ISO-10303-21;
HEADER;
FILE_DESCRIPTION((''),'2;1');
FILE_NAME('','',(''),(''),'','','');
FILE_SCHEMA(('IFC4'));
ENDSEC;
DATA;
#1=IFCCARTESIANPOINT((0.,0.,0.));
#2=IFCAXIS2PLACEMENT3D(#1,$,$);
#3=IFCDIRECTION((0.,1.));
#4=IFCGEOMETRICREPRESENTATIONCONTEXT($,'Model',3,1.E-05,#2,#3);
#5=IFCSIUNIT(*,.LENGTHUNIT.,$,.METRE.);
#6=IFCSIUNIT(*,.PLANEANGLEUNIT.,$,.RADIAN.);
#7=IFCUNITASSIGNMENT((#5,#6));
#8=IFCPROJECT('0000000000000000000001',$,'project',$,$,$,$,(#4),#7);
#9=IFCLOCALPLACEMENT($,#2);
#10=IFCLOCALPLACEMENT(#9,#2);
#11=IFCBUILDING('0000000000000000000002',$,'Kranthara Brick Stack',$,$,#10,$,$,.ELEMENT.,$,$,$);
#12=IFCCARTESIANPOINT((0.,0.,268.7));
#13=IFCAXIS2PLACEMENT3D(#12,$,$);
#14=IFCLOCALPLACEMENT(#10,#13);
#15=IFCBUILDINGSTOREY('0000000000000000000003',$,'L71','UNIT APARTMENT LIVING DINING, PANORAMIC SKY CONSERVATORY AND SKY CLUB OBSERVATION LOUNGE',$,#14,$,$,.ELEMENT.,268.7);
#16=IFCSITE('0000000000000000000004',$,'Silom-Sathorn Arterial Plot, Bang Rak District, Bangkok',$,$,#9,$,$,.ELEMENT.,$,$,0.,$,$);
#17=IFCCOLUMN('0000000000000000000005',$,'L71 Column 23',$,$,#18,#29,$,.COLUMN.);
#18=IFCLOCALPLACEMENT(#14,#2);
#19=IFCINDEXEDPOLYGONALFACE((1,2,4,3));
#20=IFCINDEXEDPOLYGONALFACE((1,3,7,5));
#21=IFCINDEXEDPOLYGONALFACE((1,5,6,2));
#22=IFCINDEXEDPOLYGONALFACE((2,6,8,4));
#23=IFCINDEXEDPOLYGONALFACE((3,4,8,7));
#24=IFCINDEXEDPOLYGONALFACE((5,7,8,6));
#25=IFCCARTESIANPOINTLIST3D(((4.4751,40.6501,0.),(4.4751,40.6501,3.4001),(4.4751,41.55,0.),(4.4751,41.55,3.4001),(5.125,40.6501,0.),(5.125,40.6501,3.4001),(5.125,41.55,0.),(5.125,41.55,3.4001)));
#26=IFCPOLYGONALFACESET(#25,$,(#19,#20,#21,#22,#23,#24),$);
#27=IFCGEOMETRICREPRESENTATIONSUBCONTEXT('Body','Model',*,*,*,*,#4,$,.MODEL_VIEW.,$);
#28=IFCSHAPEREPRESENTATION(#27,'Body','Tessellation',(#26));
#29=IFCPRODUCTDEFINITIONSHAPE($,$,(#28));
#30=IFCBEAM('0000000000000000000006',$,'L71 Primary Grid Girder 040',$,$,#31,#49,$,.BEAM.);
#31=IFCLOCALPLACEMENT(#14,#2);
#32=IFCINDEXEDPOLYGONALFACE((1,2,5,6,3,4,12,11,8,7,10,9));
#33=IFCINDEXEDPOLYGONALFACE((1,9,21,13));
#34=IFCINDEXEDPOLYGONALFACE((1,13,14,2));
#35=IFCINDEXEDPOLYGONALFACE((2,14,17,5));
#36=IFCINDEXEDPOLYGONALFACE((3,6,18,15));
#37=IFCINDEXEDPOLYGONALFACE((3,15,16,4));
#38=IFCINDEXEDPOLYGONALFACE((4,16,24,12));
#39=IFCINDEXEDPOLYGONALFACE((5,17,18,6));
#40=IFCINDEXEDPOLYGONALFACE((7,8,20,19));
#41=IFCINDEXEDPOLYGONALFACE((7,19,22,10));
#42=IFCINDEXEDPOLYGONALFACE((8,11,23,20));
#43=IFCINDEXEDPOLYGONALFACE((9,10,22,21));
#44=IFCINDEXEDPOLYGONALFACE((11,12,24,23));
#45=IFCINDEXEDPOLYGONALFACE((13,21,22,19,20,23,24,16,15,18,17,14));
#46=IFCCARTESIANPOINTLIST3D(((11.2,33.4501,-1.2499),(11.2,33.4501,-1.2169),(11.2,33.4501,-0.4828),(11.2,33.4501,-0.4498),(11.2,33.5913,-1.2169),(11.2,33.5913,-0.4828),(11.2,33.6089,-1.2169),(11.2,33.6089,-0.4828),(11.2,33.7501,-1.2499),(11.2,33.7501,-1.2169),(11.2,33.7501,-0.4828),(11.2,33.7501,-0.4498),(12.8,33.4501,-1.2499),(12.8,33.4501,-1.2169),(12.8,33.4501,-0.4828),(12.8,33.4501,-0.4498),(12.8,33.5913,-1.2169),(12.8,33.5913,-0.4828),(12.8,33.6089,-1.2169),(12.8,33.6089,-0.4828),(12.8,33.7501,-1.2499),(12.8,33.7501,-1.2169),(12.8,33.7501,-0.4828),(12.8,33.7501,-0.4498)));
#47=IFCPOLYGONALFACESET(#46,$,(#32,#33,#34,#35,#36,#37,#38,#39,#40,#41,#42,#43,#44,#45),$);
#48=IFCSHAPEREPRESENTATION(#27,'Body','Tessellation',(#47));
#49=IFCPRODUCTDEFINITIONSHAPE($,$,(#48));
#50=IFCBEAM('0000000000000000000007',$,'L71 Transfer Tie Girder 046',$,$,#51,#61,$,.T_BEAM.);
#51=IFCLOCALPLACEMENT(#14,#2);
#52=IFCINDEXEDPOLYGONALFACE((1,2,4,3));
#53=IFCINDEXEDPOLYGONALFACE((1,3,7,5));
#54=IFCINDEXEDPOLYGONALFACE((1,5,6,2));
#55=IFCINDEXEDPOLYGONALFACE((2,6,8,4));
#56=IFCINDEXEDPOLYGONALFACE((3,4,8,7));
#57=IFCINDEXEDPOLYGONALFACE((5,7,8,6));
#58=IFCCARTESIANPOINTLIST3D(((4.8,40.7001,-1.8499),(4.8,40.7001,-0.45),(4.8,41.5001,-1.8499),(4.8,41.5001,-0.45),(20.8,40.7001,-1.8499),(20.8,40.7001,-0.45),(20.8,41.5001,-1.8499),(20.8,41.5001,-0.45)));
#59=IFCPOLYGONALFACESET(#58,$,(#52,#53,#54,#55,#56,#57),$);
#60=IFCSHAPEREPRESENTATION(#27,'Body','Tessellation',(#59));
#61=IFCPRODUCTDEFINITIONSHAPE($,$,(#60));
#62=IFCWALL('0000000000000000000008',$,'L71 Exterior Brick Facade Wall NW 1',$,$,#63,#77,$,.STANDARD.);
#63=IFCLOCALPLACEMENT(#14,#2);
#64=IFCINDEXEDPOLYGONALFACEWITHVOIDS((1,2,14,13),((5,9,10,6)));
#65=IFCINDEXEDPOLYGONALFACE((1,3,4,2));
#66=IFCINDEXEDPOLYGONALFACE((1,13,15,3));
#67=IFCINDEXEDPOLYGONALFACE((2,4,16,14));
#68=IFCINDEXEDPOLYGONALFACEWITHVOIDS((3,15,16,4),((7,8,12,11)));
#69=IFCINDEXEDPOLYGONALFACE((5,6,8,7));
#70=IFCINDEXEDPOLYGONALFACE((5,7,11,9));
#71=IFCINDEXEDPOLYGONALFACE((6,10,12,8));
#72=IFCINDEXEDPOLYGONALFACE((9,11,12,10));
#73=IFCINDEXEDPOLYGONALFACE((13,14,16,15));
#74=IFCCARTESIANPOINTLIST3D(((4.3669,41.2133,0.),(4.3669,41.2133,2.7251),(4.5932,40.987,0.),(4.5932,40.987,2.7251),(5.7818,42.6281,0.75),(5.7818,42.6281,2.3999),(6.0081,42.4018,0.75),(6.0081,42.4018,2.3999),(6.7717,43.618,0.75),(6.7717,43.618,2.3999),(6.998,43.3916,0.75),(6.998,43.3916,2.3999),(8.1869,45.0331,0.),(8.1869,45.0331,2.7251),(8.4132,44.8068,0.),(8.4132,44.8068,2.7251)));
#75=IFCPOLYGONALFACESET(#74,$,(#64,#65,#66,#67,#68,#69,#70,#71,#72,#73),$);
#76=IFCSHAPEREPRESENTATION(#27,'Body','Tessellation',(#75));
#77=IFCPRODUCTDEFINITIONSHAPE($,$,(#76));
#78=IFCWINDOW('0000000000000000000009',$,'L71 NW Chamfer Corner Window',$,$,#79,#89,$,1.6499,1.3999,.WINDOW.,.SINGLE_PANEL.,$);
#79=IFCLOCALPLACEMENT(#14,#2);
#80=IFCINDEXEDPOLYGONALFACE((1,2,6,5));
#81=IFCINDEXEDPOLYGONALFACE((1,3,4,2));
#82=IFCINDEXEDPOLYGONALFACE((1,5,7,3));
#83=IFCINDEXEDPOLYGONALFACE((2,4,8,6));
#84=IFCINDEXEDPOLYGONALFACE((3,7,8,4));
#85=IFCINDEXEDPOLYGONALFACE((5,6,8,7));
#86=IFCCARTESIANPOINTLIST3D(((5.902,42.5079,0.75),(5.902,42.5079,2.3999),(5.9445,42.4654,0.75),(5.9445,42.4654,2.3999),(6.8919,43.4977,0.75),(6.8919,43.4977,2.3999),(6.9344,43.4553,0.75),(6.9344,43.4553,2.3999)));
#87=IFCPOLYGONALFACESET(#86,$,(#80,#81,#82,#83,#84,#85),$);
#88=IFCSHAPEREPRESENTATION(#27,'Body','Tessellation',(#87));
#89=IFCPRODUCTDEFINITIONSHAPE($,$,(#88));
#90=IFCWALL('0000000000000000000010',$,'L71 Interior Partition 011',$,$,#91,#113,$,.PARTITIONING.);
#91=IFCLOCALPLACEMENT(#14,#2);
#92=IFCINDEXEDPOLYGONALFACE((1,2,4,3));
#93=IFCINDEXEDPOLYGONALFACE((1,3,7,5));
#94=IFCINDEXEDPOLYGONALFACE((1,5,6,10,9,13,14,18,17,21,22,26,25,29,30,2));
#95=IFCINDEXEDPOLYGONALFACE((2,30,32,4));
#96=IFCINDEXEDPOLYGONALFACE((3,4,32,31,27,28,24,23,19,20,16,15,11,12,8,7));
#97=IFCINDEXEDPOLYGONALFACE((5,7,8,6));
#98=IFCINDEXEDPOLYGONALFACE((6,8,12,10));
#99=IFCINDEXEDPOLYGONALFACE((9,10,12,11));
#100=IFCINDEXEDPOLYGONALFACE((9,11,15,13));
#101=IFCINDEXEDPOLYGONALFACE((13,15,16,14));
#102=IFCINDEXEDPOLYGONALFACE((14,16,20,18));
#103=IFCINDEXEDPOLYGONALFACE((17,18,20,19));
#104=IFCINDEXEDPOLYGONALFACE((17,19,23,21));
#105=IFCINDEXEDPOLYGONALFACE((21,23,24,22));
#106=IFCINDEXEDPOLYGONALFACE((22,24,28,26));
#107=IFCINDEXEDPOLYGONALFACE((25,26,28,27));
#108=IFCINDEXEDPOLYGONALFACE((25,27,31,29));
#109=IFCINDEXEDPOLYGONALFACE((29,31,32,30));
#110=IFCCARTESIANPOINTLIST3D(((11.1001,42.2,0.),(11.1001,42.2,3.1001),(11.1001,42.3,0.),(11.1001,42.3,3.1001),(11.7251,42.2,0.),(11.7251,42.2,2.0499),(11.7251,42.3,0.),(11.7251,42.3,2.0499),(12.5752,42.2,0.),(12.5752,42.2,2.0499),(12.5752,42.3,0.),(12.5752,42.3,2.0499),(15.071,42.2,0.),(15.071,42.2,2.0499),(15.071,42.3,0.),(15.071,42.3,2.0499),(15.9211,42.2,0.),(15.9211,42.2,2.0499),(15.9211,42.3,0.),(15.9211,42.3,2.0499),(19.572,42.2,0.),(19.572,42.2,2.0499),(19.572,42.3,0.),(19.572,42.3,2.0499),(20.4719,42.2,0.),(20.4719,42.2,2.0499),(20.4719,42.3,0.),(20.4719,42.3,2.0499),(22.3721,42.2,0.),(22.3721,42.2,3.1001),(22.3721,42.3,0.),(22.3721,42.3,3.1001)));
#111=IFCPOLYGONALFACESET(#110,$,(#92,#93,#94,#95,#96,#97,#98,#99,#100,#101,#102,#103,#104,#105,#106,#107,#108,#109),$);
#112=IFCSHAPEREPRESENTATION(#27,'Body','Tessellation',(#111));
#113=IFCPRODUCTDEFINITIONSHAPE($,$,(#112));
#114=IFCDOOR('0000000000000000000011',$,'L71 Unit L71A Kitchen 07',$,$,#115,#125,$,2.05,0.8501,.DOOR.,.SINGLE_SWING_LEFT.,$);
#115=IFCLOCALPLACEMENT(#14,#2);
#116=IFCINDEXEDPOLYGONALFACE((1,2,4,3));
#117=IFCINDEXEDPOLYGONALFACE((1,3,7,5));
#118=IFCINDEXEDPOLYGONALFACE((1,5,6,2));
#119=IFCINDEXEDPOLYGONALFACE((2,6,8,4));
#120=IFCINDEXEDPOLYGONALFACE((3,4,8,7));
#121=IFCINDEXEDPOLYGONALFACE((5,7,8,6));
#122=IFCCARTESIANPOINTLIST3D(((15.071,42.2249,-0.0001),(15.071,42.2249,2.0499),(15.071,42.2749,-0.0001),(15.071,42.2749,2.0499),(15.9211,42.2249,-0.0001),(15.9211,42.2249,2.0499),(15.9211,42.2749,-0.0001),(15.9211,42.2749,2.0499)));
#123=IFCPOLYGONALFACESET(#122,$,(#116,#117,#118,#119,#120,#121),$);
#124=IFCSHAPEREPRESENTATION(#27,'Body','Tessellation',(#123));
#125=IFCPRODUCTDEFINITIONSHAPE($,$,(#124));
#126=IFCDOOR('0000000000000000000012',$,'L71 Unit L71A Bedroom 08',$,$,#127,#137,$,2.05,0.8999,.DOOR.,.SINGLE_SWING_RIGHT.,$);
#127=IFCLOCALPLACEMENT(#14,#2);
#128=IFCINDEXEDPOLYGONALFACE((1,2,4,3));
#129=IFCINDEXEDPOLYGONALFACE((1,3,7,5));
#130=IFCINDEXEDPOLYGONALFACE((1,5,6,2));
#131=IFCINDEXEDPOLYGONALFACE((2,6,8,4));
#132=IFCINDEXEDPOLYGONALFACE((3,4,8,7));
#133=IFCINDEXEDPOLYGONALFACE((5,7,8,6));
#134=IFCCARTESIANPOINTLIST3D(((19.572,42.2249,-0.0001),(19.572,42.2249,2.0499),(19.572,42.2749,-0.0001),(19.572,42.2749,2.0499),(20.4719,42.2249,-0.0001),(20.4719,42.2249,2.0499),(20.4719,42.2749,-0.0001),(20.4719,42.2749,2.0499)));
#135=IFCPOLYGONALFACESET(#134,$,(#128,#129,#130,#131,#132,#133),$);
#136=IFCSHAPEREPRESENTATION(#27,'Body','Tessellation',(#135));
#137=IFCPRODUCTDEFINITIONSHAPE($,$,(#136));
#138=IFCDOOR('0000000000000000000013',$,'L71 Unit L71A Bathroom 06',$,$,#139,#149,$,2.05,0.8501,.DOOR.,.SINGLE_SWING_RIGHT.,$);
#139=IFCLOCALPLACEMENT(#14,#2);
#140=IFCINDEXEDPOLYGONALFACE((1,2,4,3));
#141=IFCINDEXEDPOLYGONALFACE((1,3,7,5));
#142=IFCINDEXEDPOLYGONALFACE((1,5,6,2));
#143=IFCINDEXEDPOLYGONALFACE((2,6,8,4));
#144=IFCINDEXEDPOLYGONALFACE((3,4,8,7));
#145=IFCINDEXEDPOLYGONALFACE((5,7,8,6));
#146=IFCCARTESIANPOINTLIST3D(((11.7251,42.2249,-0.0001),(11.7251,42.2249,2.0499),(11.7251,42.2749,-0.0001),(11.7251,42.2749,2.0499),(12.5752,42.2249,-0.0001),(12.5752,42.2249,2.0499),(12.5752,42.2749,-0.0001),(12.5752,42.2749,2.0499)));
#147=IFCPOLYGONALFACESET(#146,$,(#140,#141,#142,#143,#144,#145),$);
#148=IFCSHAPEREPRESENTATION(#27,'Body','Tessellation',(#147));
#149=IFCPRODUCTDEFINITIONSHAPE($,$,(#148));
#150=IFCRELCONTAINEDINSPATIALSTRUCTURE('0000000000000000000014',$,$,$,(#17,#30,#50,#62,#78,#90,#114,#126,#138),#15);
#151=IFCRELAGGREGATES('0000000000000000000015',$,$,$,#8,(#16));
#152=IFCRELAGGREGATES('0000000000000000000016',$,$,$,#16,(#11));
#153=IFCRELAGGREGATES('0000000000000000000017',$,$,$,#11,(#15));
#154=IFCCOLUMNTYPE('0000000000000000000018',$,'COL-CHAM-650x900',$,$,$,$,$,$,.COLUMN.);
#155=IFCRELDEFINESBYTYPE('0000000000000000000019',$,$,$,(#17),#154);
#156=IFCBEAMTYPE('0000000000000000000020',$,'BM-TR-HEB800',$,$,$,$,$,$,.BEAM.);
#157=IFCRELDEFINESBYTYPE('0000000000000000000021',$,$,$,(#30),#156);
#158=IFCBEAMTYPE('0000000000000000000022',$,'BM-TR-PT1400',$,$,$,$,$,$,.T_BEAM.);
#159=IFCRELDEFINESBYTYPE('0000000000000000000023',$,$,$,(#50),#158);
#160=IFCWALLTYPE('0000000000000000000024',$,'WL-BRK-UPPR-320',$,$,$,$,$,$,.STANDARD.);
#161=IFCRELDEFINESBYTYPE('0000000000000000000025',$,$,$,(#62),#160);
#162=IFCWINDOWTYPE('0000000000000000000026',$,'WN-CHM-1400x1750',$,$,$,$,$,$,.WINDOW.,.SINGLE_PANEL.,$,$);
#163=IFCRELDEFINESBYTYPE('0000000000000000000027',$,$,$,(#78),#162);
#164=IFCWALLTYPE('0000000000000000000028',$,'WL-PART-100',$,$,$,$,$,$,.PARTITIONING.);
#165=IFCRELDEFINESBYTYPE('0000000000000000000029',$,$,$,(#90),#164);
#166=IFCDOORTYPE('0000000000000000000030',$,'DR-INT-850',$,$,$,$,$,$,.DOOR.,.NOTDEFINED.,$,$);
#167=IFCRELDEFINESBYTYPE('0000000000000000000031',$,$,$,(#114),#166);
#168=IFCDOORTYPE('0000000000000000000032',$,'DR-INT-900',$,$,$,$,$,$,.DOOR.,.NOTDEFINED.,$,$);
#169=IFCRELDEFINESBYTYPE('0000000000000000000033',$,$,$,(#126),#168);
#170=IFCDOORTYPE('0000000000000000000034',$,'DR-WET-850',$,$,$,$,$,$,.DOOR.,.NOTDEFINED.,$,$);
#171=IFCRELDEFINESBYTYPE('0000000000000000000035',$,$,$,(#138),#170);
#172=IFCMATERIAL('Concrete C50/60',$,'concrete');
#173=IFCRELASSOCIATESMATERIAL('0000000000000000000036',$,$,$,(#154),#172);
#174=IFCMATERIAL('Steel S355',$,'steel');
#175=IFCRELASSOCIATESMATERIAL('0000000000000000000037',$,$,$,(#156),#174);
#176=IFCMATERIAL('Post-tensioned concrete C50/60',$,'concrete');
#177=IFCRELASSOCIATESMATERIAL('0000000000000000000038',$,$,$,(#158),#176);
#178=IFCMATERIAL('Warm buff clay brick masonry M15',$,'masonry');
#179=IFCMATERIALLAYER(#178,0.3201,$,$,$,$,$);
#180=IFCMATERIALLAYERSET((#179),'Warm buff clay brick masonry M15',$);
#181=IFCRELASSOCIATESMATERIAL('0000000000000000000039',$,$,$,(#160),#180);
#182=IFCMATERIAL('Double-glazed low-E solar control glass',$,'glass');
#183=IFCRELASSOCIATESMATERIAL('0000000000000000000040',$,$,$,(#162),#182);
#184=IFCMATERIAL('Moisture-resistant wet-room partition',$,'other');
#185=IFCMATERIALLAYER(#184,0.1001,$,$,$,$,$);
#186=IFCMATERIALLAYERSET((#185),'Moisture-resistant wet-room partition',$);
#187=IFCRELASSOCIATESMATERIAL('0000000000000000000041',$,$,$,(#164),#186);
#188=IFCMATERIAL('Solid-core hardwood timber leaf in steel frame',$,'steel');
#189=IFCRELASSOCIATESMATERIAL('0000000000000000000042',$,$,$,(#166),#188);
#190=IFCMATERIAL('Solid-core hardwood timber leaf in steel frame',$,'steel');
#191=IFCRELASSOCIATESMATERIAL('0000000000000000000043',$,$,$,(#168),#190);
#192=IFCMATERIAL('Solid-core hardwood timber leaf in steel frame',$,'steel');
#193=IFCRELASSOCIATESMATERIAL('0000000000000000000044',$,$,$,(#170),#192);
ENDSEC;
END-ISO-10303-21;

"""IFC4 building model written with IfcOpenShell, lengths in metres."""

from ifc_helpers import new_model, si_unit, direction, frame, frame_2d, origin, origin_2d, place, context, subcontext, project, spatial, rectangle, i_section, extrude, material, layer, layer_set, material_profile, profile_set, type_object, element, fill, save


model = new_model("IFC4")

# Units and contexts
model_context = context("Model", 3, precision=1e-05, world=origin(), true_north=direction((0.0, 1.0)))
body_context = subcontext(model_context, "Body", "Model", "MODEL_VIEW")
ifc_project = project(units=[si_unit("LENGTHUNIT", "METRE"), si_unit("PLANEANGLEUNIT", "RADIAN")], contexts=[model_context])

# Site, building, storey
site_placement = place(None, origin())
site = spatial("IfcSite", under=ifc_project, at=site_placement, Name="Silom-Sathorn Arterial Plot, Bang Rak District, Bangkok", CompositionType="ELEMENT", RefElevation=0.0)
building_placement = place(site_placement, origin())
building = spatial("IfcBuilding", under=site, at=building_placement, Name="Kranthara Brick Stack", CompositionType="ELEMENT")
storey_placement = place(building_placement, frame((0.0, 0.0, 268.7)))
storey = spatial("IfcBuildingStorey", under=building, at=storey_placement, Name="L71", Description="UNIT APARTMENT LIVING DINING, PANORAMIC SKY CONSERVATORY AND SKY CLUB OBSERVATION LOUNGE", CompositionType="ELEMENT", Elevation=268.7)

# Column
ifc_material_1 = material(Name="Concrete C50/60", Category="concrete")
ifc_material_profile_1 = material_profile(ifc_material_1, rectangle(XDim=0.6499, YDim=0.8999, at=origin_2d()), Name="RC 650x900")
ifc_profile_set_1 = profile_set([ifc_material_profile_1], Name="Concrete C50/60")
column_type = type_object("IfcColumnType", Name="COL-CHAM-650x900", PredefinedType="COLUMN", material=ifc_profile_set_1)
column_placement = place(storey_placement, frame((4.8, 41.1001, 0.0), z_axis=(0.0, 0.0, 1.0), x_axis=(1.0, 0.0, 0.0)))
element("IfcColumn", 1, at=column_placement, inside=storey, type_object=column_type, Name="L71 Column 23", PredefinedType="COLUMN", context=body_context, shape_type="SweptSolid", body=[
    extrude(rectangle(XDim=0.6499, YDim=0.8999, at=origin_2d()), origin(), (0.0, 0.0, 1.0), 3.4001),
])

# Beams
ifc_material_2 = material(Name="Steel S355", Category="steel")
ifc_material_profile_2 = material_profile(ifc_material_2, i_section(OverallWidth=0.3, OverallDepth=0.8, WebThickness=0.0176, FlangeThickness=0.033, at=origin_2d()), Name="HEB 800")
ifc_profile_set_2 = profile_set([ifc_material_profile_2], Name="Steel S355")
beam_type_1 = type_object("IfcBeamType", Name="BM-TR-HEB800", PredefinedType="BEAM", material=ifc_profile_set_2)
beam_1_placement = place(storey_placement, frame((11.2, 33.6001, -0.8499), z_axis=(1.0, 0.0, 0.0), x_axis=(0.0, 1.0, 0.0)))
element("IfcBeam", 2, at=beam_1_placement, inside=storey, type_object=beam_type_1, Name="L71 Primary Grid Girder 040", PredefinedType="BEAM", context=body_context, shape_type="SweptSolid", body=[
    extrude(i_section(OverallWidth=0.3, OverallDepth=0.8, WebThickness=0.0176, FlangeThickness=0.033, at=origin_2d()), origin(), (0.0, 0.0, 1.0), 1.6001),
])
ifc_material_3 = material(Name="Post-tensioned concrete C50/60", Category="concrete")
ifc_material_profile_3 = material_profile(ifc_material_3, rectangle(XDim=0.8, YDim=1.3999, at=origin_2d()), Name="PT 800x1400")
ifc_profile_set_3 = profile_set([ifc_material_profile_3], Name="Post-tensioned concrete C50/60")
beam_type_2 = type_object("IfcBeamType", Name="BM-TR-PT1400", PredefinedType="T_BEAM", material=ifc_profile_set_3)
beam_2_placement = place(storey_placement, frame((4.8, 41.1001, -1.1499), z_axis=(1.0, 0.0, 0.0), x_axis=(0.0, 1.0, 0.0)))
element("IfcBeam", 3, at=beam_2_placement, inside=storey, type_object=beam_type_2, Name="L71 Transfer Tie Girder 046", PredefinedType="T_BEAM", context=body_context, shape_type="SweptSolid", body=[
    extrude(rectangle(XDim=0.8, YDim=1.3999, at=origin_2d()), origin(), (0.0, 0.0, 1.0), 16.0),
])

# Wall, opening, window
ifc_material_4 = material(Name="Warm buff clay brick masonry M15", Category="masonry")
ifc_layer_1 = layer(ifc_material_4, 0.3201)
ifc_layer_set_1 = layer_set([ifc_layer_1], Name="Warm buff clay brick masonry M15")
wall_type_1 = type_object("IfcWallType", Name="WL-BRK-UPPR-320", PredefinedType="STANDARD", material=ifc_layer_set_1)
wall_1_placement = place(storey_placement, frame((4.48, 41.1001, 0.0), z_axis=(0.0, 0.0, 1.0), x_axis=(0.707129, 0.707084, 0.0)))
wall_1 = element("IfcWall", 4, at=wall_1_placement, inside=storey, type_object=wall_type_1, Name="L71 Exterior Brick Facade Wall NW 1", PredefinedType="STANDARD", context=body_context, shape_type="SweptSolid", body=[
    extrude(rectangle(XDim=5.4021, YDim=0.3201, at=frame_2d((2.7012, 0.0))), origin(), (0.0, 0.0, 1.0), 2.7251),
])
opening_1_placement = place(wall_1_placement, frame((2.001, 0.0, 0.75)))
opening_1 = element("IfcOpeningElement", 5, at=opening_1_placement, cuts=wall_1, PredefinedType="OPENING", context=body_context, shape_type="SweptSolid", body=[
    extrude(rectangle(XDim=1.3999, YDim=1.6499, at=frame_2d((0.7, 0.825))), frame((0.0, 0.1699, 0.0), z_axis=(0.0, -1.0, 0.0), x_axis=(1.0, 0.0, 0.0)), (0.0, 0.0, 1.0), 0.3401),
])
ifc_material_5 = material(Name="Double-glazed low-E solar control glass", Category="glass")
window_type = type_object("IfcWindowType", Name="WN-CHM-1400x1750", PartitioningType="SINGLE_PANEL", PredefinedType="WINDOW", material=ifc_material_5)
window_placement = place(opening_1_placement, origin())
window = element("IfcWindow", 6, at=window_placement, inside=storey, type_object=window_type, Name="L71 NW Chamfer Corner Window", OverallHeight=1.6499, OverallWidth=1.3999, PartitioningType="SINGLE_PANEL", PredefinedType="WINDOW", context=body_context, shape_type="SweptSolid", body=[
    extrude(rectangle(XDim=1.3999, YDim=1.6499, at=frame_2d((0.7, 0.825))), frame((0.0, -0.01, 0.0), z_axis=(0.0, -1.0, 0.0), x_axis=(1.0, 0.0, 0.0)), (0.0, 0.0, 1.0), 0.0601),
])
fill(opening_1, window)

# Wall, openings, doors
ifc_material_6 = material(Name="Moisture-resistant wet-room partition", Category="other")
ifc_layer_2 = layer(ifc_material_6, 0.1001)
ifc_layer_set_2 = layer_set([ifc_layer_2], Name="Moisture-resistant wet-room partition")
wall_type_2 = type_object("IfcWallType", Name="WL-PART-100", PredefinedType="PARTITIONING", material=ifc_layer_set_2)
wall_2_placement = place(storey_placement, frame((11.1001, 42.25, 0.0), z_axis=(0.0, 0.0, 1.0), x_axis=(1.0, 0.0, 0.0)))
wall_2 = element("IfcWall", 7, at=wall_2_placement, inside=storey, type_object=wall_type_2, Name="L71 Interior Partition 011", PredefinedType="PARTITIONING", context=body_context, shape_type="SweptSolid", body=[
    extrude(rectangle(XDim=11.272, YDim=0.1001, at=frame_2d((5.636, 0.0))), origin(), (0.0, 0.0, 1.0), 3.1001),
])
opening_2_placement = place(wall_2_placement, frame((0.625, 0.0, 0.0)))
opening_2 = element("IfcOpeningElement", 8, at=opening_2_placement, cuts=wall_2, PredefinedType="OPENING", context=body_context, shape_type="SweptSolid", body=[
    extrude(rectangle(XDim=0.8501, YDim=2.05, at=frame_2d((0.425, 1.0249))), frame((0.0, 0.0601, 0.0), z_axis=(0.0, -1.0, 0.0), x_axis=(1.0, 0.0, 0.0)), (0.0, 0.0, 1.0), 0.1201),
])
opening_3_placement = place(wall_2_placement, frame((3.9709, 0.0, 0.0)))
opening_3 = element("IfcOpeningElement", 9, at=opening_3_placement, cuts=wall_2, PredefinedType="OPENING", context=body_context, shape_type="SweptSolid", body=[
    extrude(rectangle(XDim=0.8501, YDim=2.05, at=frame_2d((0.425, 1.0249))), frame((0.0, 0.0601, 0.0), z_axis=(0.0, -1.0, 0.0), x_axis=(1.0, 0.0, 0.0)), (0.0, 0.0, 1.0), 0.1201),
])
opening_4_placement = place(wall_2_placement, frame((8.4719, 0.0, 0.0)))
opening_4 = element("IfcOpeningElement", 10, at=opening_4_placement, cuts=wall_2, PredefinedType="OPENING", context=body_context, shape_type="SweptSolid", body=[
    extrude(rectangle(XDim=0.8999, YDim=2.05, at=frame_2d((0.45, 1.0249))), frame((0.0, 0.0601, 0.0), z_axis=(0.0, -1.0, 0.0), x_axis=(1.0, 0.0, 0.0)), (0.0, 0.0, 1.0), 0.1201),
])
ifc_material_7 = material(Name="Solid-core hardwood timber leaf in steel frame", Category="steel")
door_type_1 = type_object("IfcDoorType", Name="DR-INT-850", OperationType="NOTDEFINED", PredefinedType="DOOR", material=ifc_material_7)
door_1_placement = place(opening_3_placement, origin())
door_1 = element("IfcDoor", 11, at=door_1_placement, inside=storey, type_object=door_type_1, Name="L71 Unit L71A Kitchen 07", OperationType="SINGLE_SWING_LEFT", OverallHeight=2.05, OverallWidth=0.8501, PredefinedType="DOOR", context=body_context, shape_type="SweptSolid", body=[
    extrude(rectangle(XDim=0.8501, YDim=2.05, at=frame_2d((0.425, 1.0249))), frame((0.0, 0.0249, 0.0), z_axis=(0.0, -1.0, 0.0), x_axis=(1.0, 0.0, 0.0)), (0.0, 0.0, 1.0), 0.05),
])
fill(opening_3, door_1)
ifc_material_8 = material(Name="Solid-core hardwood timber leaf in steel frame", Category="steel")
door_type_2 = type_object("IfcDoorType", Name="DR-INT-900", OperationType="NOTDEFINED", PredefinedType="DOOR", material=ifc_material_8)
door_2_placement = place(opening_4_placement, origin())
door_2 = element("IfcDoor", 12, at=door_2_placement, inside=storey, type_object=door_type_2, Name="L71 Unit L71A Bedroom 08", OperationType="SINGLE_SWING_RIGHT", OverallHeight=2.05, OverallWidth=0.8999, PredefinedType="DOOR", context=body_context, shape_type="SweptSolid", body=[
    extrude(rectangle(XDim=0.8999, YDim=2.05, at=frame_2d((0.45, 1.0249))), frame((0.0, 0.0249, 0.0), z_axis=(0.0, -1.0, 0.0), x_axis=(1.0, 0.0, 0.0)), (0.0, 0.0, 1.0), 0.05),
])
fill(opening_4, door_2)
ifc_material_9 = material(Name="Solid-core hardwood timber leaf in steel frame", Category="steel")
door_type_3 = type_object("IfcDoorType", Name="DR-WET-850", OperationType="NOTDEFINED", PredefinedType="DOOR", material=ifc_material_9)
door_3_placement = place(opening_2_placement, origin())
door_3 = element("IfcDoor", 13, at=door_3_placement, inside=storey, type_object=door_type_3, Name="L71 Unit L71A Bathroom 06", OperationType="SINGLE_SWING_RIGHT", OverallHeight=2.05, OverallWidth=0.8501, PredefinedType="DOOR", context=body_context, shape_type="SweptSolid", body=[
    extrude(rectangle(XDim=0.8501, YDim=2.05, at=frame_2d((0.425, 1.0249))), frame((0.0, 0.0249, 0.0), z_axis=(0.0, -1.0, 0.0), x_axis=(1.0, 0.0, 0.0)), (0.0, 0.0, 1.0), 0.05),
])
fill(opening_2, door_3)

save(model, "model.ifc")
